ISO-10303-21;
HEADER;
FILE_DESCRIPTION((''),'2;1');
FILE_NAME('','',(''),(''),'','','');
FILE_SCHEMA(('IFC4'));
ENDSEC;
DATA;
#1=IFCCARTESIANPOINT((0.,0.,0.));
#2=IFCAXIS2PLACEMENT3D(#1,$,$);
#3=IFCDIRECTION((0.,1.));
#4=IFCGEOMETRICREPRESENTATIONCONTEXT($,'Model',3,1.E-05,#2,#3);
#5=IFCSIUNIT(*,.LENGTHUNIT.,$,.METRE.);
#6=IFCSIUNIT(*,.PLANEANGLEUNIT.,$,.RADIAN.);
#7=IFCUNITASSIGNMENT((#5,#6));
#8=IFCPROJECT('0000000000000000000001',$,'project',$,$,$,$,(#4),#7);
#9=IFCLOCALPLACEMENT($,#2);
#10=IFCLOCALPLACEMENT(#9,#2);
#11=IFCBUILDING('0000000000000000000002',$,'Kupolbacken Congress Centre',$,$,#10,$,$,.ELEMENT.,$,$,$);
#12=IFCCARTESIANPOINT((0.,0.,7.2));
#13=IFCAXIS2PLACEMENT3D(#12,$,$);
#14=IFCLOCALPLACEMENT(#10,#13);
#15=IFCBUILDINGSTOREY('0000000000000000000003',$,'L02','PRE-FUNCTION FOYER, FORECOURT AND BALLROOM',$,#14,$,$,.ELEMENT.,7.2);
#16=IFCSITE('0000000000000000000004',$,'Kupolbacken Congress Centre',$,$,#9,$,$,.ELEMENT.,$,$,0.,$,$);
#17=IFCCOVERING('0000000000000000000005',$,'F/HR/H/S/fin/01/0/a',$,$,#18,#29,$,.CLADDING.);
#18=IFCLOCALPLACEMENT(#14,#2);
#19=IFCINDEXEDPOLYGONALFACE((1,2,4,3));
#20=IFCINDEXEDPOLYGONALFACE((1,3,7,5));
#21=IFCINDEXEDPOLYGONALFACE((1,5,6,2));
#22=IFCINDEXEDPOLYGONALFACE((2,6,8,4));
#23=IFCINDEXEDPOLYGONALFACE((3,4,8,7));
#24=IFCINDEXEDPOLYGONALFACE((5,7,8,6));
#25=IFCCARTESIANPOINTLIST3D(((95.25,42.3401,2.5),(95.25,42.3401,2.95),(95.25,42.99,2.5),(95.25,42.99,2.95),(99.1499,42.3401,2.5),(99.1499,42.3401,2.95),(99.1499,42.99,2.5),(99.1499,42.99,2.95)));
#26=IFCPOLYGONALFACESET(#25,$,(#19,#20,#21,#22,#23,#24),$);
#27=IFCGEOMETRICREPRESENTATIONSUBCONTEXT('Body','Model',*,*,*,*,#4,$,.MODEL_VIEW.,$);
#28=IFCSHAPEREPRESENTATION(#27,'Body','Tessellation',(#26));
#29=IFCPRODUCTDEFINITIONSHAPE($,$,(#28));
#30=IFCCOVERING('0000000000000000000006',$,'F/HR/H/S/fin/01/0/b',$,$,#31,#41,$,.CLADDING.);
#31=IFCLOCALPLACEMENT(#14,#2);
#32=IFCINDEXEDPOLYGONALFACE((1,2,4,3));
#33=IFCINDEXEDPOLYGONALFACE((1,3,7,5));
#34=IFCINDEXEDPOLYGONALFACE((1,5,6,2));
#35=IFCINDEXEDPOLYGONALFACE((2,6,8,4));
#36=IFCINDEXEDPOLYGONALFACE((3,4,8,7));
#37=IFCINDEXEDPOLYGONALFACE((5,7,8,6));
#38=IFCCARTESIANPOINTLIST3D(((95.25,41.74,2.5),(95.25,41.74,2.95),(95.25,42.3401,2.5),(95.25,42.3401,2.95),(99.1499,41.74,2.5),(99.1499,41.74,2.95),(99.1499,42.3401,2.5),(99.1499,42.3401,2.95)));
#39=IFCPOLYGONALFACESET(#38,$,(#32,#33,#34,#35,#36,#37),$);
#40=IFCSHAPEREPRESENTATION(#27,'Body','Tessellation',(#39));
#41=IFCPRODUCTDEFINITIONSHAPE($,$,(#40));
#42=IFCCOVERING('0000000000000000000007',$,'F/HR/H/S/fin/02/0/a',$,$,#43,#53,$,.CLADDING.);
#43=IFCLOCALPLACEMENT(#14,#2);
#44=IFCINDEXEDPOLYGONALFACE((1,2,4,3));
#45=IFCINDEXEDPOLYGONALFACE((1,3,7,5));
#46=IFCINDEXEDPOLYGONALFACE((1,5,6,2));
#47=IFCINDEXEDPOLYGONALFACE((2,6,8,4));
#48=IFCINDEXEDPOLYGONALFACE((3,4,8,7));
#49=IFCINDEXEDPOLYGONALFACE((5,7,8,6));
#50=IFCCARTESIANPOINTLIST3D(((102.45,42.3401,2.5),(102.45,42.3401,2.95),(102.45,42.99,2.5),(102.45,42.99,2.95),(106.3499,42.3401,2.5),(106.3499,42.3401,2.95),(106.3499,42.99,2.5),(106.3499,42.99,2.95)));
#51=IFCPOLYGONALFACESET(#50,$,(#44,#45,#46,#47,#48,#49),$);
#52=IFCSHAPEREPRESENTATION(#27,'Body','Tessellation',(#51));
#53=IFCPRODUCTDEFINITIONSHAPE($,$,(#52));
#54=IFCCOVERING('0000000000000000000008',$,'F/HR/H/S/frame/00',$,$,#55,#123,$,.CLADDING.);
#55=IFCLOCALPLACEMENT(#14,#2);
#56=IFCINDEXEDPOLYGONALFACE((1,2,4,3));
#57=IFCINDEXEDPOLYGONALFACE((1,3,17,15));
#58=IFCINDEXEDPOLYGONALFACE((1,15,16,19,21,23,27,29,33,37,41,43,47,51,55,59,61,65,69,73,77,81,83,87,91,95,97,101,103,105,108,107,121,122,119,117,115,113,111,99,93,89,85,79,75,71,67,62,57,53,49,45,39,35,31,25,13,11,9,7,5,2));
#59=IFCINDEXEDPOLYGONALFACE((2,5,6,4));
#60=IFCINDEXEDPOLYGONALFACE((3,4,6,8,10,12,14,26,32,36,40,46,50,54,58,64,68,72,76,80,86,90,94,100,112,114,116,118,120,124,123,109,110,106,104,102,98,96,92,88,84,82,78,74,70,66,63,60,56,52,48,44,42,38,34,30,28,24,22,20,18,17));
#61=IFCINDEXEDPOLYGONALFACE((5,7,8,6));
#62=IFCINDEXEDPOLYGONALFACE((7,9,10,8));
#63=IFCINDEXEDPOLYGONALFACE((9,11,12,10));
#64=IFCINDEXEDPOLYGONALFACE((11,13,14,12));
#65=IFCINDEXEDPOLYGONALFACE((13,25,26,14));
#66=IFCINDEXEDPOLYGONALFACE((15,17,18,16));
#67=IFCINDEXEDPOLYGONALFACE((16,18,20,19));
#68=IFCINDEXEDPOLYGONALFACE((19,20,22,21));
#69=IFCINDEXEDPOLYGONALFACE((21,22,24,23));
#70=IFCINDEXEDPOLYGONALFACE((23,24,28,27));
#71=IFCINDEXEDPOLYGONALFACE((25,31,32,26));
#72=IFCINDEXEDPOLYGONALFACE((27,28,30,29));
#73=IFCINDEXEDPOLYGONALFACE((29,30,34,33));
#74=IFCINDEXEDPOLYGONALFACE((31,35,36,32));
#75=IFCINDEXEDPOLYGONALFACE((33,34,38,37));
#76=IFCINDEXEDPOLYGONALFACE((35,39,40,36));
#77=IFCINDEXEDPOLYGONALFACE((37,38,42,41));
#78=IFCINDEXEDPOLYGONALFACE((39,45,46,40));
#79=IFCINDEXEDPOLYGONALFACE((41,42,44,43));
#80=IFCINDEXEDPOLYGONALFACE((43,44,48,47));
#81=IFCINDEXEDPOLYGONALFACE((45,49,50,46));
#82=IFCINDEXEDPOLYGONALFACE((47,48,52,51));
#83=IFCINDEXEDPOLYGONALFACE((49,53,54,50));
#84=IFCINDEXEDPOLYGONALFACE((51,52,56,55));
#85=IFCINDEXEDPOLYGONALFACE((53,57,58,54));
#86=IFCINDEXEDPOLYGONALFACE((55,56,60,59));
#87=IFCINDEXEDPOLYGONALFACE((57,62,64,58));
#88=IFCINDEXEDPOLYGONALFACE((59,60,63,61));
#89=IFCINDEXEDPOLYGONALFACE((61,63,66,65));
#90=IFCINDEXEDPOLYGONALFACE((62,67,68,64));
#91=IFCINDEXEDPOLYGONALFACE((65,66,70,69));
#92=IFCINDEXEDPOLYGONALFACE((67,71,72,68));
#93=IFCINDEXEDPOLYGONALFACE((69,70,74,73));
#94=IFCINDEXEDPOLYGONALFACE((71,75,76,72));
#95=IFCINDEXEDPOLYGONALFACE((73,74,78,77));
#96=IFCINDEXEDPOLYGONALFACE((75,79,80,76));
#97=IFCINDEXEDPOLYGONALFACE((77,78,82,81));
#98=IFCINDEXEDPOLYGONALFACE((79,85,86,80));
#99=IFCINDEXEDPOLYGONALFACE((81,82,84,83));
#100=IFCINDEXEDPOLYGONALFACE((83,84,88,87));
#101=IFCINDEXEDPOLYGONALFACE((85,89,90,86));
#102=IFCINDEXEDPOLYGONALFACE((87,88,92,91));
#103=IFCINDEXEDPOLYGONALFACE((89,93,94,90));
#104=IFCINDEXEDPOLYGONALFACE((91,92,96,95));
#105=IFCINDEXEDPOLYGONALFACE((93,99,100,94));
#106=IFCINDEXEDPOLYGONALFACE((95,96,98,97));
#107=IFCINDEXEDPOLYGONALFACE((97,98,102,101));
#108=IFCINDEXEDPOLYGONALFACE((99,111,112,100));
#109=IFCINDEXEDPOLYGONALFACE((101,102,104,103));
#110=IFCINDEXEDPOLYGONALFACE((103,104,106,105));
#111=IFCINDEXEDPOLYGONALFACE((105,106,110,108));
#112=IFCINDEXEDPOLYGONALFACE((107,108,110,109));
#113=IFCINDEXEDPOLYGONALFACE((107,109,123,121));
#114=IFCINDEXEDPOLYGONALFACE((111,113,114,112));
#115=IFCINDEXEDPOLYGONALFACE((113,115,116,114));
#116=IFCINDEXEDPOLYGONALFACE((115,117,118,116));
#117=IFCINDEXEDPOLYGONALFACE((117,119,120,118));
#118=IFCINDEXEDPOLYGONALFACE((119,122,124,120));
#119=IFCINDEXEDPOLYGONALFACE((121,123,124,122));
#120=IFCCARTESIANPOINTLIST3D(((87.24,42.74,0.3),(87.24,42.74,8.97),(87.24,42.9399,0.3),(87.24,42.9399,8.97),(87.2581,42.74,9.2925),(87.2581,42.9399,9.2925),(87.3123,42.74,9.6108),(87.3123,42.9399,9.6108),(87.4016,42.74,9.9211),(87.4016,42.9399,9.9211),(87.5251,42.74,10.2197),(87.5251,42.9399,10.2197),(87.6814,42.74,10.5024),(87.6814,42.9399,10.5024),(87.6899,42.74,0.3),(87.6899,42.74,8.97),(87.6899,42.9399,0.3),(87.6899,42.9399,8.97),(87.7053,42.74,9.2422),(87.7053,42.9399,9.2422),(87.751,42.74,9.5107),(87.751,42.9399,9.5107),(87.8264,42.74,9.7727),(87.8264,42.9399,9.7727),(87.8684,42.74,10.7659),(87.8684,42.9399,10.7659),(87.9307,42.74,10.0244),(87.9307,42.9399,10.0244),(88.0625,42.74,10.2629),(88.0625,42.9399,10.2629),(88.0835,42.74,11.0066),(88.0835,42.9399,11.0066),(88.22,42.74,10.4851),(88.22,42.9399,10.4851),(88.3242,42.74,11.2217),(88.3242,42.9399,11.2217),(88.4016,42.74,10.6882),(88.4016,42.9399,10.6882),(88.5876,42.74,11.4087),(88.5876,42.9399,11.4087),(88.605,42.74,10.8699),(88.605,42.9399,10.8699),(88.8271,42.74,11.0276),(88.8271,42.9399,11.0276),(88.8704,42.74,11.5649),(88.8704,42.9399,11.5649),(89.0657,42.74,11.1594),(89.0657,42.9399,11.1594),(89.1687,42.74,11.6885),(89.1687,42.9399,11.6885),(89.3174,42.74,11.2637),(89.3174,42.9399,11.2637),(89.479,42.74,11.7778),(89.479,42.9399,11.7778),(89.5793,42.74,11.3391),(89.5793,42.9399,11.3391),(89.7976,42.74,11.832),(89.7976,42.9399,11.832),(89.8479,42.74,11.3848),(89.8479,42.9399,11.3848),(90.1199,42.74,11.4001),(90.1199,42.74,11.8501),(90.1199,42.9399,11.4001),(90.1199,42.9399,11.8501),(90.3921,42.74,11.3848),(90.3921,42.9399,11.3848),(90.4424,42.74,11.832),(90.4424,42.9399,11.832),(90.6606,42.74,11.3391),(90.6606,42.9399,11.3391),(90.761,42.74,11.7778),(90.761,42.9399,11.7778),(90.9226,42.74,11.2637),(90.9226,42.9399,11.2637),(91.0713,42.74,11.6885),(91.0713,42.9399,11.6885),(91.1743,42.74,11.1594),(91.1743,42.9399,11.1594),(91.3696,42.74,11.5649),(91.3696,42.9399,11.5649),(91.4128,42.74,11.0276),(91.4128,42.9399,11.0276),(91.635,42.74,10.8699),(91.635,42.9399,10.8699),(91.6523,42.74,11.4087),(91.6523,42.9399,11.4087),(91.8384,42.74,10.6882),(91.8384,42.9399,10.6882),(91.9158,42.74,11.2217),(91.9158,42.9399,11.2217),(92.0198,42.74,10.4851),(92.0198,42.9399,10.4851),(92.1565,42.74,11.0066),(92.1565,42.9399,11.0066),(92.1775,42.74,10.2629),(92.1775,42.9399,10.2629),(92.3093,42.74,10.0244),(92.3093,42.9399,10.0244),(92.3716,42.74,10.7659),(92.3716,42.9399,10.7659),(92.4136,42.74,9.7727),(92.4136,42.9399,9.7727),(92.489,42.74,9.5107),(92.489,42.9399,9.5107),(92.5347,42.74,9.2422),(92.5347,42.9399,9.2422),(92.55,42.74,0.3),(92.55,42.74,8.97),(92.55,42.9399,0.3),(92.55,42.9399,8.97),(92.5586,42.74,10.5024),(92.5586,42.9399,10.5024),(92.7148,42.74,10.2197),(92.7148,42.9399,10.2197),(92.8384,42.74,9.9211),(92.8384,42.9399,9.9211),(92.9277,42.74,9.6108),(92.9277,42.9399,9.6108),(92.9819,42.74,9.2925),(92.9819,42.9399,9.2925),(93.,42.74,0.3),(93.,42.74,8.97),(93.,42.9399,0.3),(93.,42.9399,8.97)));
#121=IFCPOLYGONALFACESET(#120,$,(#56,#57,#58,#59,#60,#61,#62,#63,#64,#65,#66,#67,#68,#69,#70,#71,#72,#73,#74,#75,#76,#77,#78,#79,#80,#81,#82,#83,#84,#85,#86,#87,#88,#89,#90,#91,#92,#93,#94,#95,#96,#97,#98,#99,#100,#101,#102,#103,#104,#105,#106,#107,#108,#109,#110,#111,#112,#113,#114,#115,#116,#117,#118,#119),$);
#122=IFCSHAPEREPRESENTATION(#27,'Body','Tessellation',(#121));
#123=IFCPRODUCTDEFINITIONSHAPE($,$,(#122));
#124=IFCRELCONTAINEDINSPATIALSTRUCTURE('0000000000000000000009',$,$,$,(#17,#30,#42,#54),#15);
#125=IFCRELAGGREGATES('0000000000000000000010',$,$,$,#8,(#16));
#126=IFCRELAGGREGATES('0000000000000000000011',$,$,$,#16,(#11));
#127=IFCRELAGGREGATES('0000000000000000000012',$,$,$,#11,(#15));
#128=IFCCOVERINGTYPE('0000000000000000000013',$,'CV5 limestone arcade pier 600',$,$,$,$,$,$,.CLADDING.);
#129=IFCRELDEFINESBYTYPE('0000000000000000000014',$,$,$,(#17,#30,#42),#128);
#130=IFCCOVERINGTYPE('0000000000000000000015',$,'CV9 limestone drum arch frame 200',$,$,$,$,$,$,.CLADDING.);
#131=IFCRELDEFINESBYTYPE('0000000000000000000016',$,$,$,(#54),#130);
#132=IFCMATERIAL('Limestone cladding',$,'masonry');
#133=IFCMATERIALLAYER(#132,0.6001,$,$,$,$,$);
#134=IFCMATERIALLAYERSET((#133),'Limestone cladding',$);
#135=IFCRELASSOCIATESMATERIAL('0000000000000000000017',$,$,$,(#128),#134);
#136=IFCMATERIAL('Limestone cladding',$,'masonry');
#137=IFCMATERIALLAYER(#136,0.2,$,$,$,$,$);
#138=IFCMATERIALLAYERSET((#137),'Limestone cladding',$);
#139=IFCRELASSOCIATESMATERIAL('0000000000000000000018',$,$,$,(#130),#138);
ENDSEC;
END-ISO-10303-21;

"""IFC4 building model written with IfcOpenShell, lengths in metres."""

from ifc_helpers import new_model, si_unit, direction, frame, origin, origin_2d, place, context, subcontext, project, spatial, polyline, rectangle, outline, extrude, material, layer, layer_set, type_object, element, save


model = new_model("IFC4")

# Units and contexts
model_context = context("Model", 3, precision=1e-05, world=origin(), true_north=direction((0.0, 1.0)))
body_context = subcontext(model_context, "Body", "Model", "MODEL_VIEW")
ifc_project = project(units=[si_unit("LENGTHUNIT", "METRE"), si_unit("PLANEANGLEUNIT", "RADIAN")], contexts=[model_context])

# Site, building, storey
site_placement = place(None, origin())
site = spatial("IfcSite", under=ifc_project, at=site_placement, Name="Kupolbacken Congress Centre", CompositionType="ELEMENT", RefElevation=0.0)
building_placement = place(site_placement, origin())
building = spatial("IfcBuilding", under=site, at=building_placement, Name="Kupolbacken Congress Centre", CompositionType="ELEMENT")
storey_placement = place(building_placement, frame((0.0, 0.0, 7.2)))
storey = spatial("IfcBuildingStorey", under=building, at=storey_placement, Name="L02", Description="PRE-FUNCTION FOYER, FORECOURT AND BALLROOM", CompositionType="ELEMENT", Elevation=7.2)

# Coverings
ifc_material_1 = material(Name="Limestone cladding", Category="masonry")
ifc_layer_1 = layer(ifc_material_1, 0.6001)
ifc_layer_set_1 = layer_set([ifc_layer_1], Name="Limestone cladding")
covering_type_1 = type_object("IfcCoveringType", Name="CV5 limestone arcade pier 600", PredefinedType="CLADDING", material=ifc_layer_set_1)
covering_1_placement = place(storey_placement, frame((97.2, 42.665, 2.5), z_axis=(0.0, 0.0, 1.0), x_axis=(1.0, 0.0, 0.0)))
element("IfcCovering", 1, at=covering_1_placement, inside=storey, type_object=covering_type_1, Name="F/HR/H/S/fin/01/0/a", PredefinedType="CLADDING", context=body_context, shape_type="SweptSolid", body=[
    extrude(rectangle(XDim=3.8999, YDim=0.6499, at=origin_2d()), origin(), (0.0, 0.0, 1.0), 0.45),
])
covering_2_placement = place(storey_placement, frame((97.2, 42.04, 2.5), z_axis=(0.0, 0.0, 1.0), x_axis=(1.0, 0.0, 0.0)))
element("IfcCovering", 2, at=covering_2_placement, inside=storey, type_object=covering_type_1, Name="F/HR/H/S/fin/01/0/b", PredefinedType="CLADDING", context=body_context, shape_type="SweptSolid", body=[
    extrude(rectangle(XDim=3.8999, YDim=0.6001, at=origin_2d()), origin(), (0.0, 0.0, 1.0), 0.45),
])
covering_3_placement = place(storey_placement, frame((104.3999, 42.665, 2.5), z_axis=(0.0, 0.0, 1.0), x_axis=(1.0, 0.0, 0.0)))
element("IfcCovering", 3, at=covering_3_placement, inside=storey, type_object=covering_type_1, Name="F/HR/H/S/fin/02/0/a", PredefinedType="CLADDING", context=body_context, shape_type="SweptSolid", body=[
    extrude(rectangle(XDim=3.8999, YDim=0.6499, at=origin_2d()), origin(), (0.0, 0.0, 1.0), 0.45),
])
ifc_material_2 = material(Name="Limestone cladding", Category="masonry")
ifc_layer_2 = layer(ifc_material_2, 0.2)
ifc_layer_set_2 = layer_set([ifc_layer_2], Name="Limestone cladding")
covering_type_2 = type_object("IfcCoveringType", Name="CV9 limestone drum arch frame 200", PredefinedType="CLADDING", material=ifc_layer_set_2)
covering_4_placement = place(storey_placement, frame((87.24, 42.9399, 0.3), z_axis=(0.0, -1.0, 0.0), x_axis=(1.0, 0.0, 0.0)))
element("IfcCovering", 4, at=covering_4_placement, inside=storey, type_object=covering_type_2, Name="F/HR/H/S/frame/00", PredefinedType="CLADDING", context=body_context, shape_type="SweptSolid", body=[
    extrude(outline(polyline([(0.0, 0.0), (0.0, 8.6699), (0.0181, 8.9924), (0.0723, 9.3108), (0.1616, 9.6211), (0.2852, 9.9197), (0.4414, 10.2024), (0.6284, 10.4658), (0.8435, 10.7065), (1.0842, 10.9216), (1.3477, 11.1086), (1.6304, 11.2649), (1.9287, 11.3884), (2.239, 11.4778), (2.5576, 11.532), (2.8799, 11.55), (3.2024, 11.532), (3.521, 11.4778), (3.8313, 11.3884), (4.1296, 11.2649), (4.4124, 11.1086), (4.6758, 10.9216), (4.9165, 10.7065), (5.1316, 10.4658), (5.3186, 10.2024), (5.4749, 9.9197), (5.5984, 9.6211), (5.6877, 9.3108), (5.7419, 8.9924), (5.76, 8.6699), (5.76, 0.0), (5.3101, 0.0), (5.3101, 8.6699), (5.2947, 8.9421), (5.249, 9.2107), (5.1736, 9.4727), (5.0693, 9.7244), (4.9375, 9.9629), (4.7798, 10.1851), (4.5984, 10.3882), (4.395, 10.5698), (4.1729, 10.7275), (3.9343, 10.8594), (3.6826, 10.9636), (3.4207, 11.0391), (3.1521, 11.0847), (2.8799, 11.1001), (2.6079, 11.0847), (2.3394, 11.0391), (2.0774, 10.9636), (1.8257, 10.8594), (1.5872, 10.7275), (1.365, 10.5698), (1.1616, 10.3882), (0.98, 10.1851), (0.8225, 9.9629), (0.6907, 9.7244), (0.5864, 9.4727), (0.511, 9.2107), (0.4653, 8.9421), (0.45, 8.6699), (0.45, 0.0), (0.0, 0.0)])), origin(), (0.0, 0.0, 1.0), 0.2),
])

save(model, "model.ifc")
